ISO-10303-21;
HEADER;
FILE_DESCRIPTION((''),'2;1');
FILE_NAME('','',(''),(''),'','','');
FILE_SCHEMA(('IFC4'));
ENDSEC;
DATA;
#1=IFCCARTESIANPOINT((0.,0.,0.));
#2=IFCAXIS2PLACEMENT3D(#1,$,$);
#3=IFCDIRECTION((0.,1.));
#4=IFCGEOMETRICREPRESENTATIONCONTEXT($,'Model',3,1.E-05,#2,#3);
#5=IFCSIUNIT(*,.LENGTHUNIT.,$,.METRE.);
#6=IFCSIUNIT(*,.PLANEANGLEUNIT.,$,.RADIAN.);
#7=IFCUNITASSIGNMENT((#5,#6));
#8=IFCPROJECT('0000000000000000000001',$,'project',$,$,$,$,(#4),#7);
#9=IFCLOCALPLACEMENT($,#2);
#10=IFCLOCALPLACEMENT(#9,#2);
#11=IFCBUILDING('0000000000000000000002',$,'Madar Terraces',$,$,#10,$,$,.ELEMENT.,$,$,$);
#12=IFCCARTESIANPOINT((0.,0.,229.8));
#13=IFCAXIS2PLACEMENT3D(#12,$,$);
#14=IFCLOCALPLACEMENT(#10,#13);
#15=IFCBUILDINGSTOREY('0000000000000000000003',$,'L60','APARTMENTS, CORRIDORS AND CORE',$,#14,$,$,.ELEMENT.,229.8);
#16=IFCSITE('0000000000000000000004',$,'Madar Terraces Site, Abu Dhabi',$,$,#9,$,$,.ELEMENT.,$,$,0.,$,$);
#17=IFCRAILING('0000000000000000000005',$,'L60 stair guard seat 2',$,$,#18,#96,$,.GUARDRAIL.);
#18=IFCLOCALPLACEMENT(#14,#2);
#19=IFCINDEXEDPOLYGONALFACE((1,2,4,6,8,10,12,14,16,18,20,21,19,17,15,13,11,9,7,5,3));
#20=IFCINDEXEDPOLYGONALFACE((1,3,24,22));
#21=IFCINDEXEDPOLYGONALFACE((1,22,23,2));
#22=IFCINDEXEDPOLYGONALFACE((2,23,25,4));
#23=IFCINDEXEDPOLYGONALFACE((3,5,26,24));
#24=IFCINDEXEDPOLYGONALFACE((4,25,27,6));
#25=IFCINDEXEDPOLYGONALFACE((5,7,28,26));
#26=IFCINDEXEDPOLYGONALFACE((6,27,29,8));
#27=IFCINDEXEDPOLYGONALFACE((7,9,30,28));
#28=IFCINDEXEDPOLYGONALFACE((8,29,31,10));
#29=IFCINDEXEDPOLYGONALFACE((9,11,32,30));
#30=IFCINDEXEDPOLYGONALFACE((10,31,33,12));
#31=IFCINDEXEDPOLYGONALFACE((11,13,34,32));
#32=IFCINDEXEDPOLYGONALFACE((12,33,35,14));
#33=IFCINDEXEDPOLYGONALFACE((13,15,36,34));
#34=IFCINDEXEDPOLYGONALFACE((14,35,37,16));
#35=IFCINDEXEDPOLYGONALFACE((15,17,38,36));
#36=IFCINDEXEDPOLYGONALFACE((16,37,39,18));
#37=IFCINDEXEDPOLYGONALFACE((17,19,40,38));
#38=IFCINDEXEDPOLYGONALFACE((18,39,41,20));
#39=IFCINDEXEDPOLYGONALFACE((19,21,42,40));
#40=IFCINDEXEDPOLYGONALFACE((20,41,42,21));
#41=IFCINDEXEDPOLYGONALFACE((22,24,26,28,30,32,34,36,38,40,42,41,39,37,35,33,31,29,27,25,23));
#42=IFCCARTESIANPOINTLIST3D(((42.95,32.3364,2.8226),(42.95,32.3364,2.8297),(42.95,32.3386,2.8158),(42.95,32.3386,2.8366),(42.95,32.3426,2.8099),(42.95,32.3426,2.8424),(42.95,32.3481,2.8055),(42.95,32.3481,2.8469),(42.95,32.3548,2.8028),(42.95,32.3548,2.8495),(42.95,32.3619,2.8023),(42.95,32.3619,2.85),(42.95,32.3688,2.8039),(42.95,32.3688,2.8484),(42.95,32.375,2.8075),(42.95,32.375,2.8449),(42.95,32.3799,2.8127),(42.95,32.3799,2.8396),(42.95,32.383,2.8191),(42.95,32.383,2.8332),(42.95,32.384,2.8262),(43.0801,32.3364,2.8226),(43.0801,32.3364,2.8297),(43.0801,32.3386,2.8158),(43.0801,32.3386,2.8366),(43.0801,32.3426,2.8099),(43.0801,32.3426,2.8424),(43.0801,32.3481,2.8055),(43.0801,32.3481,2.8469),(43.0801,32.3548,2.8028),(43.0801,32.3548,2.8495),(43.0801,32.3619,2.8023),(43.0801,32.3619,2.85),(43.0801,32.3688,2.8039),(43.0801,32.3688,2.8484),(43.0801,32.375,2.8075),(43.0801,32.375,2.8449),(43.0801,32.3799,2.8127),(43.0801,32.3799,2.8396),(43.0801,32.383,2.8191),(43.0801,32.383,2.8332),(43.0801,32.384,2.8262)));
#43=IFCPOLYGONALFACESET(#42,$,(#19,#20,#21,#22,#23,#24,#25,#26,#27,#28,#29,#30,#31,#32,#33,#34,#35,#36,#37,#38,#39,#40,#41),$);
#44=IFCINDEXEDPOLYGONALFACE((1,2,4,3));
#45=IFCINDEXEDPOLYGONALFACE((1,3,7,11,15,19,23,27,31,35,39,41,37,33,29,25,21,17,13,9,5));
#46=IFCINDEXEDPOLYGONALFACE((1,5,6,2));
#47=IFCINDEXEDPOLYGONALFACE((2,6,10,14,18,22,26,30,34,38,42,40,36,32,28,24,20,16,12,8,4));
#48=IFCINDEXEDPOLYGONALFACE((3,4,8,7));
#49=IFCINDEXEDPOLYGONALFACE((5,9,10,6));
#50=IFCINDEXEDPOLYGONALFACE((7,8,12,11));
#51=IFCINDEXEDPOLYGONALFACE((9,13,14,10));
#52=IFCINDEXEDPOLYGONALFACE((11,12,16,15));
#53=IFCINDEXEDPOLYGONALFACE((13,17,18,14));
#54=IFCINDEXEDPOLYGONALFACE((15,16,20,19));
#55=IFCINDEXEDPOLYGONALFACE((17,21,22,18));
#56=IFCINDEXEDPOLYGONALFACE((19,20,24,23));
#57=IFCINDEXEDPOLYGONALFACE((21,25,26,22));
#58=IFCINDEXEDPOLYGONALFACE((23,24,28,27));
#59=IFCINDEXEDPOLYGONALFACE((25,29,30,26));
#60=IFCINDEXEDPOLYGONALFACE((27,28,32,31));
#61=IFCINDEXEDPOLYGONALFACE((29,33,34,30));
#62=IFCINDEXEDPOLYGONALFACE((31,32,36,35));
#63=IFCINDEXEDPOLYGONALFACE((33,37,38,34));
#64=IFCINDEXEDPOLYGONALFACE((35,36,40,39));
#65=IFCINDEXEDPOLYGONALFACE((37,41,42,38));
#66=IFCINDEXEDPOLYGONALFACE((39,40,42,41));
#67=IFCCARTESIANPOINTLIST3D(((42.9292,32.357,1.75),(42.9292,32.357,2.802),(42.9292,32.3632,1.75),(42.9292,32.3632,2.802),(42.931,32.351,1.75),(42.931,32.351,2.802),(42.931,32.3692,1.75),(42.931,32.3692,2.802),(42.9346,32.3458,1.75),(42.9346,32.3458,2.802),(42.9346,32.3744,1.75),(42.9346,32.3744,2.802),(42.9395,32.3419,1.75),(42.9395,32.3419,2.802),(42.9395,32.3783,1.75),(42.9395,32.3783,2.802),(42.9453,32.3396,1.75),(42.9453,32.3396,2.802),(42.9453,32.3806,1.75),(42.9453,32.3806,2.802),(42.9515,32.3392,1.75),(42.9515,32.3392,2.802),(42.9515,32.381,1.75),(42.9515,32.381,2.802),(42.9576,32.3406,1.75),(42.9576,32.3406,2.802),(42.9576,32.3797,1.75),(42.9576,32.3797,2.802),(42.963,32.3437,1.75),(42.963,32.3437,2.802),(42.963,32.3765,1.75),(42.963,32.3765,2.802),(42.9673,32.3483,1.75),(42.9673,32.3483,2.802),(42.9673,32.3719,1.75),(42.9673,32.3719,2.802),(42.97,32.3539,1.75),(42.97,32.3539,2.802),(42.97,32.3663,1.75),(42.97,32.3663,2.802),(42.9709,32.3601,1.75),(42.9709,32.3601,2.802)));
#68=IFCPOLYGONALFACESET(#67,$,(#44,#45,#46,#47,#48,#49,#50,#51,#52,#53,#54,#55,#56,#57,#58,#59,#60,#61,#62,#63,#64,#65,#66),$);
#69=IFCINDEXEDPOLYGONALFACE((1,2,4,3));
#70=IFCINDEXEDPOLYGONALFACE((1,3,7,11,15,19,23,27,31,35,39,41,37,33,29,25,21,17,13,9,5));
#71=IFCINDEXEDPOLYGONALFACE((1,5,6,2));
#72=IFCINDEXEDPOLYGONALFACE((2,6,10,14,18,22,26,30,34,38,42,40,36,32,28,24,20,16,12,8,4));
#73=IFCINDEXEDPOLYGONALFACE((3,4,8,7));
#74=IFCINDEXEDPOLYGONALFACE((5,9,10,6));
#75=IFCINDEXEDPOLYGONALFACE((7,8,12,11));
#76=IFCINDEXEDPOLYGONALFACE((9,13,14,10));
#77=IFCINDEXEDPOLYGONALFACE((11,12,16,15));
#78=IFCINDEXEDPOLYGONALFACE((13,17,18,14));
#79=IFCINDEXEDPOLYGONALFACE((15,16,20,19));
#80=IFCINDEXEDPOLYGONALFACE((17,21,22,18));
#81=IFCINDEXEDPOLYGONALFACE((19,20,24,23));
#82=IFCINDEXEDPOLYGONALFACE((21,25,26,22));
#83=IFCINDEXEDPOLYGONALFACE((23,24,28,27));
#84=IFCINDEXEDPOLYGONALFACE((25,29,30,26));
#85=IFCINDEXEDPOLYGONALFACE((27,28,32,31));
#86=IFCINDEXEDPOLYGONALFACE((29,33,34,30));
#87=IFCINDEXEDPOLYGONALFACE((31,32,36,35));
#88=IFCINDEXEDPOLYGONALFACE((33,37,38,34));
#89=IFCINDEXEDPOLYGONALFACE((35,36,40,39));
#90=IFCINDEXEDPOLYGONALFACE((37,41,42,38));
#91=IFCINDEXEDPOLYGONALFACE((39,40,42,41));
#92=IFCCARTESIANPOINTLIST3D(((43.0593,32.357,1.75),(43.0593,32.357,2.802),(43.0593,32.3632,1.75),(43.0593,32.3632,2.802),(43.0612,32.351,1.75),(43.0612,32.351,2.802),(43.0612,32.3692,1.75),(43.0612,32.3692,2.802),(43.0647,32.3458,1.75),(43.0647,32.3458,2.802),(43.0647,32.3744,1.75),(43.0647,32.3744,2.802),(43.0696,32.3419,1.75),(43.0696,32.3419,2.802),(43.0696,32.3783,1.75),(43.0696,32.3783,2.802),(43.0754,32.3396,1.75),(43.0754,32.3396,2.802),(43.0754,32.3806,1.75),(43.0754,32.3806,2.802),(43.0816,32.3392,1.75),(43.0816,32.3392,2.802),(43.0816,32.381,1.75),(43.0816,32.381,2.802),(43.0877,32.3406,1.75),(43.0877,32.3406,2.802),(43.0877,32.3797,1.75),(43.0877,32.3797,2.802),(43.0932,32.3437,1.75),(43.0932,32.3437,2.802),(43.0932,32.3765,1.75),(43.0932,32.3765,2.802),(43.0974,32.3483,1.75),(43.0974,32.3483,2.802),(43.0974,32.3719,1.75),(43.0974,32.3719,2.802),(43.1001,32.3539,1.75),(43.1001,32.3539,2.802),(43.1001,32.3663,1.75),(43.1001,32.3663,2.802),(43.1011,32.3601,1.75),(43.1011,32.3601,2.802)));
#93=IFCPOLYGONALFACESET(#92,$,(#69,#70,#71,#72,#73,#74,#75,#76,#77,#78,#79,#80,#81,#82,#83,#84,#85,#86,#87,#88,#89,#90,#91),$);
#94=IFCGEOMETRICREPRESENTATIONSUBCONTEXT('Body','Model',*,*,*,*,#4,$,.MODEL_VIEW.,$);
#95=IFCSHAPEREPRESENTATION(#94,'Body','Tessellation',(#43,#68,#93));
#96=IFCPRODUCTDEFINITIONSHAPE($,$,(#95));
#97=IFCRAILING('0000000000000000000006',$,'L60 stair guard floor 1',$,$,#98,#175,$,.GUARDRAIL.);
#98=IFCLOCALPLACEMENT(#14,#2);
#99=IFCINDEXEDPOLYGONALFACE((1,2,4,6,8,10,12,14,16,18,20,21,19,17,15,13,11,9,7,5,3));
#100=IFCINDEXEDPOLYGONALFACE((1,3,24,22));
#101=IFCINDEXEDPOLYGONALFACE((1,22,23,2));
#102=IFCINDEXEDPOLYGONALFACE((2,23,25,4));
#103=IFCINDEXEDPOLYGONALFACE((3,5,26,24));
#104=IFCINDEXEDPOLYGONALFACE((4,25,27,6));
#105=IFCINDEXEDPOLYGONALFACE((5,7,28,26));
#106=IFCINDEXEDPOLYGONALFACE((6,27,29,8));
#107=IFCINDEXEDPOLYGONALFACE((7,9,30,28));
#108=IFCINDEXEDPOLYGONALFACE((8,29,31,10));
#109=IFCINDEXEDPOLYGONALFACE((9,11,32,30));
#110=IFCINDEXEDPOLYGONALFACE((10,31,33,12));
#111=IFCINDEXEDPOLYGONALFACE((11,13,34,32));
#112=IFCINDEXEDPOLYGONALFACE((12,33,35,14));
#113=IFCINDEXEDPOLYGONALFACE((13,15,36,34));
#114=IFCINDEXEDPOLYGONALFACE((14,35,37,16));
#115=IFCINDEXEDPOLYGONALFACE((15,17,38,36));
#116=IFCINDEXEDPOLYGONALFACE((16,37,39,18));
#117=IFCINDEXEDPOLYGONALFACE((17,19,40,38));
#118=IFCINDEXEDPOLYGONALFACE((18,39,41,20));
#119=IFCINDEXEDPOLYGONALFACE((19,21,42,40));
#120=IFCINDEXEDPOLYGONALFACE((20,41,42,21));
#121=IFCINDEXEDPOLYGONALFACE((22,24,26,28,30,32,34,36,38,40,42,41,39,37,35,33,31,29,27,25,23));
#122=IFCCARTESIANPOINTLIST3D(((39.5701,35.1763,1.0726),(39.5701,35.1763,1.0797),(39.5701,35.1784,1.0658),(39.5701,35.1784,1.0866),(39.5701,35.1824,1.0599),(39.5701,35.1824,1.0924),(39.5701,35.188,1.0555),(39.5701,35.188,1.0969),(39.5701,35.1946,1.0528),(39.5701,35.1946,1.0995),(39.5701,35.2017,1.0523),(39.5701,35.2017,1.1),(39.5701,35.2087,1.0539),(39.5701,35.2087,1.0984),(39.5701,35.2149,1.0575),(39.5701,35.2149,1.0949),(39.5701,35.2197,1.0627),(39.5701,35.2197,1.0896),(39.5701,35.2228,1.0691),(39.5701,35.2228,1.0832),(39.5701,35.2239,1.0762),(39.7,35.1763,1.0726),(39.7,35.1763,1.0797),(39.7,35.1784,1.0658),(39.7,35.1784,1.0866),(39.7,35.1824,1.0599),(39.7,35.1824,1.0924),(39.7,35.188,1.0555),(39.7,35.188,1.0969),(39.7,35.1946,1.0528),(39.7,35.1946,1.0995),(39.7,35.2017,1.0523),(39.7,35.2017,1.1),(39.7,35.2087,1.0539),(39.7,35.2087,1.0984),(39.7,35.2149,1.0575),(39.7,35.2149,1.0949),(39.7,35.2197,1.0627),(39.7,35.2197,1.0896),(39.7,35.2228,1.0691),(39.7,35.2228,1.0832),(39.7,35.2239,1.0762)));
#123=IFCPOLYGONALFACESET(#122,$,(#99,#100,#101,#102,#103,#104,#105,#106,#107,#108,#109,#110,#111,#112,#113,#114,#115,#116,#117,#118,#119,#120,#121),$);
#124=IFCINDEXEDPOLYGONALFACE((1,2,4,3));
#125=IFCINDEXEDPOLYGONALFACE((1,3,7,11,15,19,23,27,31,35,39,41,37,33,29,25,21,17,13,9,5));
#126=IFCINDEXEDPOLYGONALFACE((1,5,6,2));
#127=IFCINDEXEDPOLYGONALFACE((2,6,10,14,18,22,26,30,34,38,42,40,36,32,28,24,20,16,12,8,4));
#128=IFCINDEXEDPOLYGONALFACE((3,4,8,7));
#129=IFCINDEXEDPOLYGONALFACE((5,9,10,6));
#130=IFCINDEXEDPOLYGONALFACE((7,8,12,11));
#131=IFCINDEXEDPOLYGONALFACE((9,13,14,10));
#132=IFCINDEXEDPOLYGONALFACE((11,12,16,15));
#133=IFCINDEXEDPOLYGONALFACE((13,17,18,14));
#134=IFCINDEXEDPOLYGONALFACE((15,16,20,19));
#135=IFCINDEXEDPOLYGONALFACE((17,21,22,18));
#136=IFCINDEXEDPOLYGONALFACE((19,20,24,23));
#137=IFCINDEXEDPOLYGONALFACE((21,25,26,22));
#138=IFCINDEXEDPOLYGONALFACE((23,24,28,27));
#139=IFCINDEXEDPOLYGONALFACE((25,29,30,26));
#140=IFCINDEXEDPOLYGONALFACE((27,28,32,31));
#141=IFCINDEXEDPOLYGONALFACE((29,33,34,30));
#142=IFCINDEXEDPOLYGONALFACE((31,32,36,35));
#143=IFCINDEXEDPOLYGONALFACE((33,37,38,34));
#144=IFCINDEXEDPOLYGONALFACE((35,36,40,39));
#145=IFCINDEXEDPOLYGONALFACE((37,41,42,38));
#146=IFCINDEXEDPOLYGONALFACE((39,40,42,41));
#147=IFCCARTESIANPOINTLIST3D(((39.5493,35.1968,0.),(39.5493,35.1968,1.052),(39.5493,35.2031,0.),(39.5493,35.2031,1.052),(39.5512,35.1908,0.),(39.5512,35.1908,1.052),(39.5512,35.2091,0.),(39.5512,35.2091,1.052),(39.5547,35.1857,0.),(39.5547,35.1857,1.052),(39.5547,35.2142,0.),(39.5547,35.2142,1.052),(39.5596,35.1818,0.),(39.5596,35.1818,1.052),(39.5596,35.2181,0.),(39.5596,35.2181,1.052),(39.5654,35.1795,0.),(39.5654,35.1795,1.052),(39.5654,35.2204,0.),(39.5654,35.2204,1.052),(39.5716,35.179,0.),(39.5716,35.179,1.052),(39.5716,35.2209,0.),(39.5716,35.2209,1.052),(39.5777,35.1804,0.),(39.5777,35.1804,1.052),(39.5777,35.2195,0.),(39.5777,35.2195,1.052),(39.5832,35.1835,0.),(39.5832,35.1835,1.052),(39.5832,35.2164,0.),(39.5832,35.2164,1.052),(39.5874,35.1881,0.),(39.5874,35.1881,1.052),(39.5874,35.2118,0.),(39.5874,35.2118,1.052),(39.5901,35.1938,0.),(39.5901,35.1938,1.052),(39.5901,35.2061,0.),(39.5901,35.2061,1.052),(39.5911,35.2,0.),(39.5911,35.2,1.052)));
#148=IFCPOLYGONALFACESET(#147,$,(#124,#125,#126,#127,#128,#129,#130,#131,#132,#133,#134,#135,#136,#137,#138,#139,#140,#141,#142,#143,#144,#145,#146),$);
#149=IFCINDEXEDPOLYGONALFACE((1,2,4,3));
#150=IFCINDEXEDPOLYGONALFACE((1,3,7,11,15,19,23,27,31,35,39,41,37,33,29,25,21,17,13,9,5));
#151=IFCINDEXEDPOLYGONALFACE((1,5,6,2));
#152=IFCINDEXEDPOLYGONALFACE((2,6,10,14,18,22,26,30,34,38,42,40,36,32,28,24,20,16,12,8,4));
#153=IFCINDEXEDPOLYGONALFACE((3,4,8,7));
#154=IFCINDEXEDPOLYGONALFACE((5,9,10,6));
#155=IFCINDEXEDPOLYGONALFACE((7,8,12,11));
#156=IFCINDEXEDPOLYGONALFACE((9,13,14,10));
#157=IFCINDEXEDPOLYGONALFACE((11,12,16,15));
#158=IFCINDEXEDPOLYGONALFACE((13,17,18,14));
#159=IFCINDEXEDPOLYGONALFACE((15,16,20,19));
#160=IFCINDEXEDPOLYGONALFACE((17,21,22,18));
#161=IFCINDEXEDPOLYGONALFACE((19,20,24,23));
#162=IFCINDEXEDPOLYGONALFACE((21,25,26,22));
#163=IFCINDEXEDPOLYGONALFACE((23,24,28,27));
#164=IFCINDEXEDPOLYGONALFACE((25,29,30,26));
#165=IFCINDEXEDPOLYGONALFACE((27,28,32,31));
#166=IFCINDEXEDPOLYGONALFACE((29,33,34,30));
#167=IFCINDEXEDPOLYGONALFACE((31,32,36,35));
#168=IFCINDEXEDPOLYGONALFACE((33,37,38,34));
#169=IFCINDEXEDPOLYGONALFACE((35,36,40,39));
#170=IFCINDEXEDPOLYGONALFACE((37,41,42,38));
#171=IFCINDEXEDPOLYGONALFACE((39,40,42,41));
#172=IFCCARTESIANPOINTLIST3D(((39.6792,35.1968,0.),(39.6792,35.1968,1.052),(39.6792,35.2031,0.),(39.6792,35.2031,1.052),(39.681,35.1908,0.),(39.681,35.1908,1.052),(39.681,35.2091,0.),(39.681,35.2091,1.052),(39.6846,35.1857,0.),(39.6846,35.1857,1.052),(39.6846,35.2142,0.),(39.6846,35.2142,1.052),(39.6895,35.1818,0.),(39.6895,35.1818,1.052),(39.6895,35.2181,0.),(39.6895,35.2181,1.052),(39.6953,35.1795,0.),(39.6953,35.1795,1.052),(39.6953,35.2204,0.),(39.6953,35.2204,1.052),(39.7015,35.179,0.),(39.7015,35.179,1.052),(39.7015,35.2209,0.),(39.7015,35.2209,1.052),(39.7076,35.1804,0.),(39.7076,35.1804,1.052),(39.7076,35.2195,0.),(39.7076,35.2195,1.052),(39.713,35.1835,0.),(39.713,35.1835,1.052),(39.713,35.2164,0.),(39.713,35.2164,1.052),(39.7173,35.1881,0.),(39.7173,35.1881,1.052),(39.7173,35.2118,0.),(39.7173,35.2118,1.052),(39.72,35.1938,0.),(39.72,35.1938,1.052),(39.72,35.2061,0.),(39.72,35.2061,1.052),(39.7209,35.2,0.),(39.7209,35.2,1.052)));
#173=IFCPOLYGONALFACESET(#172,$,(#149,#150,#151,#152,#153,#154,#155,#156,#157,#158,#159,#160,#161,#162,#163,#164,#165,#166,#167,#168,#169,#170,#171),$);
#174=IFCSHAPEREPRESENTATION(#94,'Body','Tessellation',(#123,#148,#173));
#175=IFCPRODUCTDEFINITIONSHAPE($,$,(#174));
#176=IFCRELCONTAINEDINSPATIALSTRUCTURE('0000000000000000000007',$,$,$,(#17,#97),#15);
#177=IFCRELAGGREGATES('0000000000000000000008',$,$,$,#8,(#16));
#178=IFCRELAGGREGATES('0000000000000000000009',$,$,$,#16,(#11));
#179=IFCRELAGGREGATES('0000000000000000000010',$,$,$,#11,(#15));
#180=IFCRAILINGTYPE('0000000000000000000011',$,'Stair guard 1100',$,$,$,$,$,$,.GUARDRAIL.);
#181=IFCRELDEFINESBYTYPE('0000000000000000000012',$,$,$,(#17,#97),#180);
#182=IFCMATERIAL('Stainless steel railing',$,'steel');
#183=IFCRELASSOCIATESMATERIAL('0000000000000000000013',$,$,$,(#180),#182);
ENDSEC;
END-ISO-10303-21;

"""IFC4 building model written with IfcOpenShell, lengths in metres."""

from ifc_helpers import new_model, si_unit, direction, frame, origin, origin_2d, place, context, subcontext, project, spatial, circle, extrude, material, type_object, element, save


model = new_model("IFC4")

# Units and contexts
model_context = context("Model", 3, precision=1e-05, world=origin(), true_north=direction((0.0, 1.0)))
body_context = subcontext(model_context, "Body", "Model", "MODEL_VIEW")
ifc_project = project(units=[si_unit("LENGTHUNIT", "METRE"), si_unit("PLANEANGLEUNIT", "RADIAN")], contexts=[model_context])

# Site, building, storey
site_placement = place(None, origin())
site = spatial("IfcSite", under=ifc_project, at=site_placement, Name="Madar Terraces Site, Abu Dhabi", CompositionType="ELEMENT", RefElevation=0.0)
building_placement = place(site_placement, origin())
building = spatial("IfcBuilding", under=site, at=building_placement, Name="Madar Terraces", CompositionType="ELEMENT")
storey_placement = place(building_placement, frame((0.0, 0.0, 229.8)))
storey = spatial("IfcBuildingStorey", under=building, at=storey_placement, Name="L60", Description="APARTMENTS, CORRIDORS AND CORE", CompositionType="ELEMENT", Elevation=229.8)

# Railings
ifc_material_1 = material(Name="Stainless steel railing", Category="steel")
railing_type_1 = type_object("IfcRailingType", Name="Stair guard 1100", PredefinedType="GUARDRAIL", material=ifc_material_1)
railing_1_placement = place(storey_placement, frame((42.95, 32.3601, 1.75)))
element("IfcRailing", 1, at=railing_1_placement, inside=storey, type_object=railing_type_1, Name="L60 stair guard seat 2", PredefinedType="GUARDRAIL", context=body_context, shape_type="SweptSolid", body=[
    extrude(circle(Radius=0.0239, at=origin_2d()), frame((0.0, 0.0, 1.0762), z_axis=(1.0, 0.0, 0.0), x_axis=(0.0, 1.0, 0.0)), (0.0, 0.0, 1.0), 0.1301),
    extrude(circle(Radius=0.021, at=origin_2d()), origin(), (0.0, 0.0, 1.0), 1.052),
    extrude(circle(Radius=0.021, at=origin_2d()), frame((0.1301, 0.0, 0.0)), (0.0, 0.0, 1.0), 1.052),
])
railing_2_placement = place(storey_placement, frame((39.5701, 35.2, 0.0)))
element("IfcRailing", 2, at=railing_2_placement, inside=storey, type_object=railing_type_1, Name="L60 stair guard floor 1", PredefinedType="GUARDRAIL", context=body_context, shape_type="SweptSolid", body=[
    extrude(circle(Radius=0.0239, at=origin_2d()), frame((0.0, 0.0, 1.0762), z_axis=(1.0, 0.0, 0.0), x_axis=(0.0, 1.0, 0.0)), (0.0, 0.0, 1.0), 0.1299),
    extrude(circle(Radius=0.021, at=origin_2d()), origin(), (0.0, 0.0, 1.0), 1.052),
    extrude(circle(Radius=0.021, at=origin_2d()), frame((0.1299, 0.0, 0.0)), (0.0, 0.0, 1.0), 1.052),
])

save(model, "model.ifc")
